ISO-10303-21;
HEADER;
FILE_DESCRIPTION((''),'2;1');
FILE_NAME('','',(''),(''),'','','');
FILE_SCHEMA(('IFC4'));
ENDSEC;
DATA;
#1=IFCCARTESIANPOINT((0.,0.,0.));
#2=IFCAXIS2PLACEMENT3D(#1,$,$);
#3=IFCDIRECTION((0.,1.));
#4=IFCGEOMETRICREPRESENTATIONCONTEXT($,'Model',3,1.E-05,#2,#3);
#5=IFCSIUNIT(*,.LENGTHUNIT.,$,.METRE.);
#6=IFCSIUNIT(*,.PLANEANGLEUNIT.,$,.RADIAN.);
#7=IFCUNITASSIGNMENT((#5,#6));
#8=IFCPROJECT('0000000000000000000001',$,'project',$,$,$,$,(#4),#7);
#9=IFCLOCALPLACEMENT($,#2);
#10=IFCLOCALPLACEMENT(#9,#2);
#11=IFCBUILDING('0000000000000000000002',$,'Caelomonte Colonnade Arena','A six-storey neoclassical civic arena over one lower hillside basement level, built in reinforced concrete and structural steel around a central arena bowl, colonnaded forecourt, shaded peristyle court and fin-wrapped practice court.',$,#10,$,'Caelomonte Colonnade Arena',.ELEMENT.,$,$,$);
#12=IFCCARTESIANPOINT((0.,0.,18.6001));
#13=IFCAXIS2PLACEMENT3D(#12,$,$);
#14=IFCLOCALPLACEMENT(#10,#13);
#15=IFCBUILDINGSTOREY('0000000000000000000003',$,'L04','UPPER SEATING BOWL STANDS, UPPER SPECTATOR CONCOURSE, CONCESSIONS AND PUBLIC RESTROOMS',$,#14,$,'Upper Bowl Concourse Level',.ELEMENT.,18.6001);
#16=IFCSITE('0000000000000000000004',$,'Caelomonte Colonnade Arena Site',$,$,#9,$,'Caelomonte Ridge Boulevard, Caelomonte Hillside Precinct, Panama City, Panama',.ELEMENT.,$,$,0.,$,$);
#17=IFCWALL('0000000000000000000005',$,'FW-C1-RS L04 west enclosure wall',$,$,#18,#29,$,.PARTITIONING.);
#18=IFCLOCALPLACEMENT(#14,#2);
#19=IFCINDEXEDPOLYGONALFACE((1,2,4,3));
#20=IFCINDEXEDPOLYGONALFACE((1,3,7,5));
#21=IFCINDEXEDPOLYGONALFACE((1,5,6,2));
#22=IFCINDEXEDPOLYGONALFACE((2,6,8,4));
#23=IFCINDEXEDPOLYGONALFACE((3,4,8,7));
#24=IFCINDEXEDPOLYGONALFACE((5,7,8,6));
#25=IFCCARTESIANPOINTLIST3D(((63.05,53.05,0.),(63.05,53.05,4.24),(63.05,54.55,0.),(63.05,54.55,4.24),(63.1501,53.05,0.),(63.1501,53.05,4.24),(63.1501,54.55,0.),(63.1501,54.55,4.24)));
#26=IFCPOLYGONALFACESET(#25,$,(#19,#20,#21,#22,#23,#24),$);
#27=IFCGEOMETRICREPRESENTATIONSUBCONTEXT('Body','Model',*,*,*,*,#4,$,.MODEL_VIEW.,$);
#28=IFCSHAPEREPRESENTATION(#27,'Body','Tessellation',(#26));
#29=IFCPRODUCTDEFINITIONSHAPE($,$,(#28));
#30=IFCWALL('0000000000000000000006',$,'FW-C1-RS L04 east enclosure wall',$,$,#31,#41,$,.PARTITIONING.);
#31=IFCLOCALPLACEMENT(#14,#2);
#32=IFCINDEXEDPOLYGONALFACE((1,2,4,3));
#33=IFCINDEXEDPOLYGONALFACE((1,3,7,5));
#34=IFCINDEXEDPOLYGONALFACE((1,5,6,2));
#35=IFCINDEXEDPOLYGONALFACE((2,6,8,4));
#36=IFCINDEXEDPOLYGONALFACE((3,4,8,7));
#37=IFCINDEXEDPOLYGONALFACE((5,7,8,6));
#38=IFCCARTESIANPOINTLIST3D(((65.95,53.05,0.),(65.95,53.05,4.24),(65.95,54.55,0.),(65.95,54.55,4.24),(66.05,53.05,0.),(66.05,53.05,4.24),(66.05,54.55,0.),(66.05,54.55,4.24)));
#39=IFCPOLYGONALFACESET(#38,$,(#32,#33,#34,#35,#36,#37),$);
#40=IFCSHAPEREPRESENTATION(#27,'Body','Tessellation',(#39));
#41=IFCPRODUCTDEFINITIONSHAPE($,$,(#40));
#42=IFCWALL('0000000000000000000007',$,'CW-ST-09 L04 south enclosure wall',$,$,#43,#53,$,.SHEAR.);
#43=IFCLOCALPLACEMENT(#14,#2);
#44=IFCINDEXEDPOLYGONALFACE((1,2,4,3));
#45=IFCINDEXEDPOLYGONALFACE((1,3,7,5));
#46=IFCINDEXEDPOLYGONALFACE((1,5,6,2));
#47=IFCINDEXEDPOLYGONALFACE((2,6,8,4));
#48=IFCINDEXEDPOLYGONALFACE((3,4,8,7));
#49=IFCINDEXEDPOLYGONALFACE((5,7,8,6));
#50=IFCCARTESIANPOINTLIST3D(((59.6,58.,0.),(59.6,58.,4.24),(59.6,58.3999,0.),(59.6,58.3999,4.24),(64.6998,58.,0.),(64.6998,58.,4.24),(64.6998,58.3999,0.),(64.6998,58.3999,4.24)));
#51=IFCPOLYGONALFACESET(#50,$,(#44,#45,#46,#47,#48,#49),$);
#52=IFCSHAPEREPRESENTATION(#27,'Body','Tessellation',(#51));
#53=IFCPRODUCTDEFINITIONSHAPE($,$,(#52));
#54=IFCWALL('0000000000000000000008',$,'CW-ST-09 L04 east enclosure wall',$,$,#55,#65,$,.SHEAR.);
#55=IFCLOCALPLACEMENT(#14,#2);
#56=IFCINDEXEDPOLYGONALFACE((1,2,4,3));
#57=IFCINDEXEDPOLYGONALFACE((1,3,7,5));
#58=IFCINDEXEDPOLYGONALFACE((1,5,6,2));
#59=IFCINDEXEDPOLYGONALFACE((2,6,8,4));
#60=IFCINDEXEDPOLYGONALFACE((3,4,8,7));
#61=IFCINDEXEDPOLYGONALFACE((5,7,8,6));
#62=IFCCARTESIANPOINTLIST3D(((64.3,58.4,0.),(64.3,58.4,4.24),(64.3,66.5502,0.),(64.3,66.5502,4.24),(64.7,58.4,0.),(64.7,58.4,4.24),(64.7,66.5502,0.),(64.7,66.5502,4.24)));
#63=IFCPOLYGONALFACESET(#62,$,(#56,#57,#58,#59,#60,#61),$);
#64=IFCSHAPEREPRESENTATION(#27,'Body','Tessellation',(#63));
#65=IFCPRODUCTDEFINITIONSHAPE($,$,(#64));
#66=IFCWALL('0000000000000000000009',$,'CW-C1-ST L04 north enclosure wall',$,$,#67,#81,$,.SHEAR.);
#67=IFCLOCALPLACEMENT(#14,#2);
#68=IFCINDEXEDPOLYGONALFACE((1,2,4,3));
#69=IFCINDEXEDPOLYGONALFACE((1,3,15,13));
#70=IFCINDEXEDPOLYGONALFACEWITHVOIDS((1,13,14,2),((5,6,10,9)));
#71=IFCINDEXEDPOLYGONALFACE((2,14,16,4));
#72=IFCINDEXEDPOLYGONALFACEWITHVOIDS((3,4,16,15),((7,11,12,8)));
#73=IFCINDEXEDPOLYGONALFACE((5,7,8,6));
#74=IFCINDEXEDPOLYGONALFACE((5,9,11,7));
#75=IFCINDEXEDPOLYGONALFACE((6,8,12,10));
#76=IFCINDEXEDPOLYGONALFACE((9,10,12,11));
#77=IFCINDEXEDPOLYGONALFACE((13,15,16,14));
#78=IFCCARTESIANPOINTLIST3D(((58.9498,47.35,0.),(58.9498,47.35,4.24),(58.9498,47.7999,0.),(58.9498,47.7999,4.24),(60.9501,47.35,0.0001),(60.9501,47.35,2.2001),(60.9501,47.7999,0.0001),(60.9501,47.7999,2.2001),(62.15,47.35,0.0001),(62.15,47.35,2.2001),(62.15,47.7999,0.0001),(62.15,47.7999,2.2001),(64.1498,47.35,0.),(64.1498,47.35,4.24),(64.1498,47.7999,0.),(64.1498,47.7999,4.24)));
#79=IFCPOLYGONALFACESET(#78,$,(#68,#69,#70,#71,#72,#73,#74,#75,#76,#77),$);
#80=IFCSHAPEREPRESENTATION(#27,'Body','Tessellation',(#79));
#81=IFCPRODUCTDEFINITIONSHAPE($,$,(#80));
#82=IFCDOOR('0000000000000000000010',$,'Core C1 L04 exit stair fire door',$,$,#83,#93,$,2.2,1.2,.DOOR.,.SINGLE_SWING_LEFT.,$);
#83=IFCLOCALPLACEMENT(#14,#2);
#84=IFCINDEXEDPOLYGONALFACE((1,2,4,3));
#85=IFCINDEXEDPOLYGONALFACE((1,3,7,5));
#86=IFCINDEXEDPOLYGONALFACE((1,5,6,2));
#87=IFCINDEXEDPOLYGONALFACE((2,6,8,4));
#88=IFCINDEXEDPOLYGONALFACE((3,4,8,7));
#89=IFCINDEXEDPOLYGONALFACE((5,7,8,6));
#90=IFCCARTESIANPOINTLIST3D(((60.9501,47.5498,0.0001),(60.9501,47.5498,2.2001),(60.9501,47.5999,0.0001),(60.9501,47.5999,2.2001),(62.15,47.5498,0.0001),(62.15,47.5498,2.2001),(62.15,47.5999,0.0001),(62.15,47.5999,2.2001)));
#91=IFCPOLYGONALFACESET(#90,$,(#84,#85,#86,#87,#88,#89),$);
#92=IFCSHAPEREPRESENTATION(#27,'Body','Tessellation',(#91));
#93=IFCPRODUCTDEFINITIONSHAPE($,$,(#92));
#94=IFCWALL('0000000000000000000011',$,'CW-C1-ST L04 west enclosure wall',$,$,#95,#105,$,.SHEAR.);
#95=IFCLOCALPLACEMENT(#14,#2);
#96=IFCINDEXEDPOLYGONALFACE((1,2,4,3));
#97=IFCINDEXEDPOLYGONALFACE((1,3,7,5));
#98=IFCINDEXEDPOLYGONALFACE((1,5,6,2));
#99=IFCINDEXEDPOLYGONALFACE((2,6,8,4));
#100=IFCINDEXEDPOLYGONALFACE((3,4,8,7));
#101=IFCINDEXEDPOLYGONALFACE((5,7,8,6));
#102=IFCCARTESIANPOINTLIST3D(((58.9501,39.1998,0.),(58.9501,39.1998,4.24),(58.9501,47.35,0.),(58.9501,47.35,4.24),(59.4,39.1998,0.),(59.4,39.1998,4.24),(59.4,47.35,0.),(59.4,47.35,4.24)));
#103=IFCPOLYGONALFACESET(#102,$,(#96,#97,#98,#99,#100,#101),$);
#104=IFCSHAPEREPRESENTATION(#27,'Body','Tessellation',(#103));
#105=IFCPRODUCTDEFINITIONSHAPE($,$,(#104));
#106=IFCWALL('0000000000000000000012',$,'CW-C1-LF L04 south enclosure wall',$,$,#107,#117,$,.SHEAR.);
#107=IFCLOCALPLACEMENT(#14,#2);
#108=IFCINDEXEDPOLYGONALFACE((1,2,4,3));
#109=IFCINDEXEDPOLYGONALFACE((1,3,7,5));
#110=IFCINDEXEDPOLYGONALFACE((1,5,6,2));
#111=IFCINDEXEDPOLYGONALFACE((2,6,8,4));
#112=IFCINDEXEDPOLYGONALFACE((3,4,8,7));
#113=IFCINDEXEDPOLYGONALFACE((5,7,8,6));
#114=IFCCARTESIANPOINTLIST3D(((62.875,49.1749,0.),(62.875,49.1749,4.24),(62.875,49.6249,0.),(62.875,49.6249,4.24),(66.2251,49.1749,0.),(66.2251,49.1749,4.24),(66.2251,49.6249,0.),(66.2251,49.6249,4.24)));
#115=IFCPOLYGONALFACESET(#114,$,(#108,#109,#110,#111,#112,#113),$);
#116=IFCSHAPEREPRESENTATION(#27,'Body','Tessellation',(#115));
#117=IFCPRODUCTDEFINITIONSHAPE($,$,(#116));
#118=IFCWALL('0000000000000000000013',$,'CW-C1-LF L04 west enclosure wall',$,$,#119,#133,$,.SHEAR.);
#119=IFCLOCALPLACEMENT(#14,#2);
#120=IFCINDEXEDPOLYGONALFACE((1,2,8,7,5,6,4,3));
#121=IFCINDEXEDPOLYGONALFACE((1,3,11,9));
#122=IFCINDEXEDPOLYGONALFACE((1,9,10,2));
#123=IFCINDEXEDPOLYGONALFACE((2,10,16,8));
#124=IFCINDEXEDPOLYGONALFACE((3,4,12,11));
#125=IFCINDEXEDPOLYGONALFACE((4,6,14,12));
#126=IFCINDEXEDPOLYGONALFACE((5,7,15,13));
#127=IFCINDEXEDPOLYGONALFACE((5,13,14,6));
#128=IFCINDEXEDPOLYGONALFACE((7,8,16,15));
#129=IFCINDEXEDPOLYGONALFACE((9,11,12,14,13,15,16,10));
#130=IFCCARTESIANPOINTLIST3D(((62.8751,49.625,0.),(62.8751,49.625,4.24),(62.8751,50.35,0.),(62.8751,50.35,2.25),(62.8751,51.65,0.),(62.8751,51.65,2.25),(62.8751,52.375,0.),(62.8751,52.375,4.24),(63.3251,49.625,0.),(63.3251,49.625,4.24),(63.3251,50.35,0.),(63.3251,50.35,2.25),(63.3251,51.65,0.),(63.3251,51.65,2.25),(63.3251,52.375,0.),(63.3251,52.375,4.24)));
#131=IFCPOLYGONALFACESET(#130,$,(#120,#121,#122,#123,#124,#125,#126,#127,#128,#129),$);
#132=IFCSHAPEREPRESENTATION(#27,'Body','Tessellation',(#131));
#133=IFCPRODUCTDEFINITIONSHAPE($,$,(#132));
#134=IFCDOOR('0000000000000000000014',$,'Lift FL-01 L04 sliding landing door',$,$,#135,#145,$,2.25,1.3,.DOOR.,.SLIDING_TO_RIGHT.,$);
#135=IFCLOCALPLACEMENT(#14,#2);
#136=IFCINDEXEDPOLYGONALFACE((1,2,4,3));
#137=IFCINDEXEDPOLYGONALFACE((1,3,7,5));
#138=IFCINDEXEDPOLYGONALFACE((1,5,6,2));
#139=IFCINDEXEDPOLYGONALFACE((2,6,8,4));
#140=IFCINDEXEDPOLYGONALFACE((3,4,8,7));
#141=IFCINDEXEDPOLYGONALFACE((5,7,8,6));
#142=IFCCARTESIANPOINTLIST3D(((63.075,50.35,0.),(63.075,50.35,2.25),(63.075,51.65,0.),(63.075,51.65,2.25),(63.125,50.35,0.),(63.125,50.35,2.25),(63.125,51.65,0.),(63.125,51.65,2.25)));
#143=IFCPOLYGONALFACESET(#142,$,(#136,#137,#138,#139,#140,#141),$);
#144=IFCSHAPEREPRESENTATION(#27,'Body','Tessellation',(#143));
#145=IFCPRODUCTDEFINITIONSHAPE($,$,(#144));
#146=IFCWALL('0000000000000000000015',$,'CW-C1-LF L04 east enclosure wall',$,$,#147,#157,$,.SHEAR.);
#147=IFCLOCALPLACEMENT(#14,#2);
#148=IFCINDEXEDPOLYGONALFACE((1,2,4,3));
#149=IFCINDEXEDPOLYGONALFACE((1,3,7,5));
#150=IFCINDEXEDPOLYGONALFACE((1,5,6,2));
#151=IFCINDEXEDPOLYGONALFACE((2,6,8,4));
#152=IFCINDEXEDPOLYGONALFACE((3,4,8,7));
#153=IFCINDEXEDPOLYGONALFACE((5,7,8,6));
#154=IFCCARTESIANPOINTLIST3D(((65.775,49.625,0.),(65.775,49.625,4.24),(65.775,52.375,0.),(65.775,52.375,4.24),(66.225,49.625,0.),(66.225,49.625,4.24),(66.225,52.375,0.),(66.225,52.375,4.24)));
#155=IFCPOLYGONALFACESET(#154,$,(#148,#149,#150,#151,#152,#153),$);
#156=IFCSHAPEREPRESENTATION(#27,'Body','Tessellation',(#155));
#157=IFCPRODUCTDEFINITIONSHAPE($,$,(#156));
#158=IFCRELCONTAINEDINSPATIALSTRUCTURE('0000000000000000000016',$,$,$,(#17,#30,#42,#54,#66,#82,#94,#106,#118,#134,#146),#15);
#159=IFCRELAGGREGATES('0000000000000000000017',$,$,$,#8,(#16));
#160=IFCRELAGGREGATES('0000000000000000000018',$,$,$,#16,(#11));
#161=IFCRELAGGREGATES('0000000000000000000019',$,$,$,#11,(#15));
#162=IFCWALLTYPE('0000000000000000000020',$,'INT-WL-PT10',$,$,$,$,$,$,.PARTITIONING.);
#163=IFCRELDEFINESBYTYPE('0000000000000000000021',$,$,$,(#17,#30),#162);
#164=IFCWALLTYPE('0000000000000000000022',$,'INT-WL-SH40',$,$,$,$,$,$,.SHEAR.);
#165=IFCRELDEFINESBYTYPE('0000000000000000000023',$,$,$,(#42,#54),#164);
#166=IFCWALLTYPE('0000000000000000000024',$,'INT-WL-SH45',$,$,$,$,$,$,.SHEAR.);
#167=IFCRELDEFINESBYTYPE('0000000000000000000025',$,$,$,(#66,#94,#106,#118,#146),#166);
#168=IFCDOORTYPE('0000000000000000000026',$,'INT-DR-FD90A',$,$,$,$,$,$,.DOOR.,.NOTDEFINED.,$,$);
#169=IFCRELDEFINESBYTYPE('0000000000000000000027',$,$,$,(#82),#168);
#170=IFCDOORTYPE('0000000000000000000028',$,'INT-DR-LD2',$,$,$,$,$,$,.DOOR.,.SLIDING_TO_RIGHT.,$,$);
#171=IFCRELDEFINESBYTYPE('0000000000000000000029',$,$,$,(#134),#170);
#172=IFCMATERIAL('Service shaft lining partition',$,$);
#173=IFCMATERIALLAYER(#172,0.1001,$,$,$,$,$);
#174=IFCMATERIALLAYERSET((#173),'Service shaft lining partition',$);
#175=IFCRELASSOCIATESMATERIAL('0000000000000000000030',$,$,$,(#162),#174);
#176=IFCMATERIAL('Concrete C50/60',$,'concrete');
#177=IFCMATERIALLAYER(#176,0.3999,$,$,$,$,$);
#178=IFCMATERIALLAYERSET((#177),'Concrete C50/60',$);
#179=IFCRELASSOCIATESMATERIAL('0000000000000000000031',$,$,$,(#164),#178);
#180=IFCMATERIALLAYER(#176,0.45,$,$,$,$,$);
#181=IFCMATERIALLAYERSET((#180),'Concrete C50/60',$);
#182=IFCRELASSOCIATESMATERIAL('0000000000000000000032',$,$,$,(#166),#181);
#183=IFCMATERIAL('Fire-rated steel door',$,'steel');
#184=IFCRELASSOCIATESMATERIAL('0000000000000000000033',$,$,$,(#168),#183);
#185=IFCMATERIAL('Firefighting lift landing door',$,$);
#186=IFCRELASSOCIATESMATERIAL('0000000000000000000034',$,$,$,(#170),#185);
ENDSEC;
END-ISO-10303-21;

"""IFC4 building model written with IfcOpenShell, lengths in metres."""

from ifc_helpers import new_model, si_unit, direction, frame, frame_2d, origin, place, context, subcontext, project, spatial, rectangle, extrude, material, layer, layer_set, type_object, element, fill, save


model = new_model("IFC4")

# Units and contexts
model_context = context("Model", 3, precision=1e-05, world=origin(), true_north=direction((0.0, 1.0)))
body_context = subcontext(model_context, "Body", "Model", "MODEL_VIEW")
ifc_project = project(units=[si_unit("LENGTHUNIT", "METRE"), si_unit("PLANEANGLEUNIT", "RADIAN")], contexts=[model_context])

# Site, building, storey
site_placement = place(None, origin())
site = spatial("IfcSite", under=ifc_project, at=site_placement, Name="Caelomonte Colonnade Arena Site", LongName="Caelomonte Ridge Boulevard, Caelomonte Hillside Precinct, Panama City, Panama", CompositionType="ELEMENT", RefElevation=0.0)
building_placement = place(site_placement, origin())
building = spatial("IfcBuilding", under=site, at=building_placement, Name="Caelomonte Colonnade Arena", Description="A six-storey neoclassical civic arena over one lower hillside basement level, built in reinforced concrete and structural steel around a central arena bowl, colonnaded forecourt, shaded peristyle court and fin-wrapped practice court.", LongName="Caelomonte Colonnade Arena", CompositionType="ELEMENT")
storey_placement = place(building_placement, frame((0.0, 0.0, 18.6001)))
storey = spatial("IfcBuildingStorey", under=building, at=storey_placement, Name="L04", Description="UPPER SEATING BOWL STANDS, UPPER SPECTATOR CONCOURSE, CONCESSIONS AND PUBLIC RESTROOMS", LongName="Upper Bowl Concourse Level", CompositionType="ELEMENT", Elevation=18.6001)

# Shared definitions
ifc_material_1 = material(Name="Concrete C50/60", Category="concrete")

# Walls
ifc_material_2 = material(Name="Service shaft lining partition")
ifc_layer_1 = layer(ifc_material_2, 0.1001)
ifc_layer_set_1 = layer_set([ifc_layer_1], Name="Service shaft lining partition")
wall_type_1 = type_object("IfcWallType", Name="INT-WL-PT10", PredefinedType="PARTITIONING", material=ifc_layer_set_1)
for number, where, z_axis, x_axis, name in (
    (1, (63.1001, 54.55, 0.0), (0.0, 0.0, 1.0), (0.0, -1.0, 0.0), "FW-C1-RS L04 west enclosure wall"),
    (2, (66.0, 53.05, 0.0), (0.0, 0.0, 1.0), (0.0, 1.0, 0.0), "FW-C1-RS L04 east enclosure wall"),
):
    element("IfcWall", number, at=place(storey_placement, frame(where, z_axis=z_axis, x_axis=x_axis)), inside=storey, type_object=wall_type_1, Name=name, PredefinedType="PARTITIONING", context=body_context, shape_type="SweptSolid", body=[
        extrude(rectangle(XDim=1.5, YDim=0.1001, at=frame_2d((0.75, 0.0))), origin(), (0.0, 0.0, 1.0), 4.24),
    ])
ifc_layer_2 = layer(ifc_material_1, 0.3999)
ifc_layer_set_2 = layer_set([ifc_layer_2], Name="Concrete C50/60")
wall_type_2 = type_object("IfcWallType", Name="INT-WL-SH40", PredefinedType="SHEAR", material=ifc_layer_set_2)
wall_1_placement = place(storey_placement, frame((59.6001, 58.2, 0.0), z_axis=(0.0, 0.0, 1.0), x_axis=(1.0, 0.0, 0.0)))
element("IfcWall", 3, at=wall_1_placement, inside=storey, type_object=wall_type_2, Name="CW-ST-09 L04 south enclosure wall", PredefinedType="SHEAR", context=body_context, shape_type="SweptSolid", body=[
    extrude(rectangle(XDim=5.0999, YDim=0.3999, at=frame_2d((2.5498, 0.0))), origin(), (0.0, 0.0, 1.0), 4.24),
])
wall_2_placement = place(storey_placement, frame((64.5, 58.3999, 0.0), z_axis=(0.0, 0.0, 1.0), x_axis=(0.0, 1.0, 0.0)))
element("IfcWall", 4, at=wall_2_placement, inside=storey, type_object=wall_type_2, Name="CW-ST-09 L04 east enclosure wall", PredefinedType="SHEAR", context=body_context, shape_type="SweptSolid", body=[
    extrude(rectangle(XDim=8.1501, YDim=0.3999, at=frame_2d((4.0752, 0.0))), origin(), (0.0, 0.0, 1.0), 4.24),
])

# Wall, opening, door
ifc_layer_3 = layer(ifc_material_1, 0.45)
ifc_layer_set_3 = layer_set([ifc_layer_3], Name="Concrete C50/60")
wall_type_3 = type_object("IfcWallType", Name="INT-WL-SH45", PredefinedType="SHEAR", material=ifc_layer_set_3)
wall_3_placement = place(storey_placement, frame((64.1499, 47.575, 0.0), z_axis=(0.0, 0.0, 1.0), x_axis=(-1.0, 0.0, 0.0)))
wall_3 = element("IfcWall", 5, at=wall_3_placement, inside=storey, type_object=wall_type_3, Name="CW-C1-ST L04 north enclosure wall", PredefinedType="SHEAR", context=body_context, shape_type="SweptSolid", body=[
    extrude(rectangle(XDim=5.2, YDim=0.45, at=frame_2d((2.6001, 0.0))), origin(), (0.0, 0.0, 1.0), 4.24),
])
opening_1_placement = place(wall_3_placement, frame((3.2, 0.0, 0.0), z_axis=(0.0, 0.0, 1.0), x_axis=(-1.0, 0.0, 0.0)))
opening_1 = element("IfcOpeningElement", 6, at=opening_1_placement, cuts=wall_3, PredefinedType="OPENING", context=body_context, shape_type="SweptSolid", body=[
    extrude(rectangle(XDim=1.2, YDim=2.2, at=frame_2d((0.6001, 1.1001))), frame((0.0, 0.2349, 0.0), z_axis=(0.0, -1.0, 0.0), x_axis=(1.0, 0.0, 0.0)), (0.0, 0.0, 1.0), 0.47),
])
ifc_material_3 = material(Name="Fire-rated steel door", Category="steel")
door_type_1 = type_object("IfcDoorType", Name="INT-DR-FD90A", OperationType="NOTDEFINED", PredefinedType="DOOR", material=ifc_material_3)
door_1_placement = place(opening_1_placement, origin())
door_1 = element("IfcDoor", 7, at=door_1_placement, inside=storey, type_object=door_type_1, Name="Core C1 L04 exit stair fire door", OperationType="SINGLE_SWING_LEFT", OverallHeight=2.2, OverallWidth=1.2, PredefinedType="DOOR", context=body_context, shape_type="SweptSolid", body=[
    extrude(rectangle(XDim=1.2, YDim=2.2, at=frame_2d((0.6001, 1.1001))), frame((0.0, 0.0249, 0.0), z_axis=(0.0, -1.0, 0.0), x_axis=(1.0, 0.0, 0.0)), (0.0, 0.0, 1.0), 0.05),
])
fill(opening_1, door_1)

# Walls
wall_4_placement = place(storey_placement, frame((59.175, 47.3501, 0.0), z_axis=(0.0, 0.0, 1.0), x_axis=(0.0, -1.0, 0.0)))
element("IfcWall", 8, at=wall_4_placement, inside=storey, type_object=wall_type_3, Name="CW-C1-ST L04 west enclosure wall", PredefinedType="SHEAR", context=body_context, shape_type="SweptSolid", body=[
    extrude(rectangle(XDim=8.1501, YDim=0.45, at=frame_2d((4.0752, 0.0))), origin(), (0.0, 0.0, 1.0), 4.24),
])
wall_5_placement = place(storey_placement, frame((62.875, 49.3999, 0.0), z_axis=(0.0, 0.0, 1.0), x_axis=(1.0, 0.0, 0.0)))
element("IfcWall", 9, at=wall_5_placement, inside=storey, type_object=wall_type_3, Name="CW-C1-LF L04 south enclosure wall", PredefinedType="SHEAR", context=body_context, shape_type="SweptSolid", body=[
    extrude(rectangle(XDim=3.3501, YDim=0.45, at=frame_2d((1.675, 0.0))), origin(), (0.0, 0.0, 1.0), 4.24),
])

# Wall, opening, door
wall_6_placement = place(storey_placement, frame((63.1001, 52.375, 0.0), z_axis=(0.0, 0.0, 1.0), x_axis=(0.0, -1.0, 0.0)))
wall_6 = element("IfcWall", 10, at=wall_6_placement, inside=storey, type_object=wall_type_3, Name="CW-C1-LF L04 west enclosure wall", PredefinedType="SHEAR", context=body_context, shape_type="SweptSolid", body=[
    extrude(rectangle(XDim=2.75, YDim=0.45, at=frame_2d((1.375, 0.0))), origin(), (0.0, 0.0, 1.0), 4.24),
])
opening_2_placement = place(wall_6_placement, frame((0.7251, 0.0, 0.0), z_axis=(0.0, 0.0, 1.0), x_axis=(1.0, 0.0, 0.0)))
opening_2 = element("IfcOpeningElement", 11, at=opening_2_placement, cuts=wall_6, PredefinedType="OPENING", context=body_context, shape_type="SweptSolid", body=[
    extrude(rectangle(XDim=1.3, YDim=2.25, at=frame_2d((0.6499, 1.125))), frame((0.0, 0.2349, 0.0), z_axis=(0.0, -1.0, 0.0), x_axis=(1.0, 0.0, 0.0)), (0.0, 0.0, 1.0), 0.47),
])
ifc_material_4 = material(Name="Firefighting lift landing door")
door_type_2 = type_object("IfcDoorType", Name="INT-DR-LD2", OperationType="SLIDING_TO_RIGHT", PredefinedType="DOOR", material=ifc_material_4)
door_2_placement = place(opening_2_placement, origin())
door_2 = element("IfcDoor", 12, at=door_2_placement, inside=storey, type_object=door_type_2, Name="Lift FL-01 L04 sliding landing door", OperationType="SLIDING_TO_RIGHT", OverallHeight=2.25, OverallWidth=1.3, PredefinedType="DOOR", context=body_context, shape_type="SweptSolid", body=[
    extrude(rectangle(XDim=1.3, YDim=2.25, at=frame_2d((0.6499, 1.125))), frame((0.0, 0.0249, 0.0), z_axis=(0.0, -1.0, 0.0), x_axis=(1.0, 0.0, 0.0)), (0.0, 0.0, 1.0), 0.05),
])
fill(opening_2, door_2)

# Wall
wall_7_placement = place(storey_placement, frame((66.0, 49.625, 0.0), z_axis=(0.0, 0.0, 1.0), x_axis=(0.0, 1.0, 0.0)))
element("IfcWall", 13, at=wall_7_placement, inside=storey, type_object=wall_type_3, Name="CW-C1-LF L04 east enclosure wall", PredefinedType="SHEAR", context=body_context, shape_type="SweptSolid", body=[
    extrude(rectangle(XDim=2.75, YDim=0.45, at=frame_2d((1.375, 0.0))), origin(), (0.0, 0.0, 1.0), 4.24),
])

save(model, "model.ifc")
